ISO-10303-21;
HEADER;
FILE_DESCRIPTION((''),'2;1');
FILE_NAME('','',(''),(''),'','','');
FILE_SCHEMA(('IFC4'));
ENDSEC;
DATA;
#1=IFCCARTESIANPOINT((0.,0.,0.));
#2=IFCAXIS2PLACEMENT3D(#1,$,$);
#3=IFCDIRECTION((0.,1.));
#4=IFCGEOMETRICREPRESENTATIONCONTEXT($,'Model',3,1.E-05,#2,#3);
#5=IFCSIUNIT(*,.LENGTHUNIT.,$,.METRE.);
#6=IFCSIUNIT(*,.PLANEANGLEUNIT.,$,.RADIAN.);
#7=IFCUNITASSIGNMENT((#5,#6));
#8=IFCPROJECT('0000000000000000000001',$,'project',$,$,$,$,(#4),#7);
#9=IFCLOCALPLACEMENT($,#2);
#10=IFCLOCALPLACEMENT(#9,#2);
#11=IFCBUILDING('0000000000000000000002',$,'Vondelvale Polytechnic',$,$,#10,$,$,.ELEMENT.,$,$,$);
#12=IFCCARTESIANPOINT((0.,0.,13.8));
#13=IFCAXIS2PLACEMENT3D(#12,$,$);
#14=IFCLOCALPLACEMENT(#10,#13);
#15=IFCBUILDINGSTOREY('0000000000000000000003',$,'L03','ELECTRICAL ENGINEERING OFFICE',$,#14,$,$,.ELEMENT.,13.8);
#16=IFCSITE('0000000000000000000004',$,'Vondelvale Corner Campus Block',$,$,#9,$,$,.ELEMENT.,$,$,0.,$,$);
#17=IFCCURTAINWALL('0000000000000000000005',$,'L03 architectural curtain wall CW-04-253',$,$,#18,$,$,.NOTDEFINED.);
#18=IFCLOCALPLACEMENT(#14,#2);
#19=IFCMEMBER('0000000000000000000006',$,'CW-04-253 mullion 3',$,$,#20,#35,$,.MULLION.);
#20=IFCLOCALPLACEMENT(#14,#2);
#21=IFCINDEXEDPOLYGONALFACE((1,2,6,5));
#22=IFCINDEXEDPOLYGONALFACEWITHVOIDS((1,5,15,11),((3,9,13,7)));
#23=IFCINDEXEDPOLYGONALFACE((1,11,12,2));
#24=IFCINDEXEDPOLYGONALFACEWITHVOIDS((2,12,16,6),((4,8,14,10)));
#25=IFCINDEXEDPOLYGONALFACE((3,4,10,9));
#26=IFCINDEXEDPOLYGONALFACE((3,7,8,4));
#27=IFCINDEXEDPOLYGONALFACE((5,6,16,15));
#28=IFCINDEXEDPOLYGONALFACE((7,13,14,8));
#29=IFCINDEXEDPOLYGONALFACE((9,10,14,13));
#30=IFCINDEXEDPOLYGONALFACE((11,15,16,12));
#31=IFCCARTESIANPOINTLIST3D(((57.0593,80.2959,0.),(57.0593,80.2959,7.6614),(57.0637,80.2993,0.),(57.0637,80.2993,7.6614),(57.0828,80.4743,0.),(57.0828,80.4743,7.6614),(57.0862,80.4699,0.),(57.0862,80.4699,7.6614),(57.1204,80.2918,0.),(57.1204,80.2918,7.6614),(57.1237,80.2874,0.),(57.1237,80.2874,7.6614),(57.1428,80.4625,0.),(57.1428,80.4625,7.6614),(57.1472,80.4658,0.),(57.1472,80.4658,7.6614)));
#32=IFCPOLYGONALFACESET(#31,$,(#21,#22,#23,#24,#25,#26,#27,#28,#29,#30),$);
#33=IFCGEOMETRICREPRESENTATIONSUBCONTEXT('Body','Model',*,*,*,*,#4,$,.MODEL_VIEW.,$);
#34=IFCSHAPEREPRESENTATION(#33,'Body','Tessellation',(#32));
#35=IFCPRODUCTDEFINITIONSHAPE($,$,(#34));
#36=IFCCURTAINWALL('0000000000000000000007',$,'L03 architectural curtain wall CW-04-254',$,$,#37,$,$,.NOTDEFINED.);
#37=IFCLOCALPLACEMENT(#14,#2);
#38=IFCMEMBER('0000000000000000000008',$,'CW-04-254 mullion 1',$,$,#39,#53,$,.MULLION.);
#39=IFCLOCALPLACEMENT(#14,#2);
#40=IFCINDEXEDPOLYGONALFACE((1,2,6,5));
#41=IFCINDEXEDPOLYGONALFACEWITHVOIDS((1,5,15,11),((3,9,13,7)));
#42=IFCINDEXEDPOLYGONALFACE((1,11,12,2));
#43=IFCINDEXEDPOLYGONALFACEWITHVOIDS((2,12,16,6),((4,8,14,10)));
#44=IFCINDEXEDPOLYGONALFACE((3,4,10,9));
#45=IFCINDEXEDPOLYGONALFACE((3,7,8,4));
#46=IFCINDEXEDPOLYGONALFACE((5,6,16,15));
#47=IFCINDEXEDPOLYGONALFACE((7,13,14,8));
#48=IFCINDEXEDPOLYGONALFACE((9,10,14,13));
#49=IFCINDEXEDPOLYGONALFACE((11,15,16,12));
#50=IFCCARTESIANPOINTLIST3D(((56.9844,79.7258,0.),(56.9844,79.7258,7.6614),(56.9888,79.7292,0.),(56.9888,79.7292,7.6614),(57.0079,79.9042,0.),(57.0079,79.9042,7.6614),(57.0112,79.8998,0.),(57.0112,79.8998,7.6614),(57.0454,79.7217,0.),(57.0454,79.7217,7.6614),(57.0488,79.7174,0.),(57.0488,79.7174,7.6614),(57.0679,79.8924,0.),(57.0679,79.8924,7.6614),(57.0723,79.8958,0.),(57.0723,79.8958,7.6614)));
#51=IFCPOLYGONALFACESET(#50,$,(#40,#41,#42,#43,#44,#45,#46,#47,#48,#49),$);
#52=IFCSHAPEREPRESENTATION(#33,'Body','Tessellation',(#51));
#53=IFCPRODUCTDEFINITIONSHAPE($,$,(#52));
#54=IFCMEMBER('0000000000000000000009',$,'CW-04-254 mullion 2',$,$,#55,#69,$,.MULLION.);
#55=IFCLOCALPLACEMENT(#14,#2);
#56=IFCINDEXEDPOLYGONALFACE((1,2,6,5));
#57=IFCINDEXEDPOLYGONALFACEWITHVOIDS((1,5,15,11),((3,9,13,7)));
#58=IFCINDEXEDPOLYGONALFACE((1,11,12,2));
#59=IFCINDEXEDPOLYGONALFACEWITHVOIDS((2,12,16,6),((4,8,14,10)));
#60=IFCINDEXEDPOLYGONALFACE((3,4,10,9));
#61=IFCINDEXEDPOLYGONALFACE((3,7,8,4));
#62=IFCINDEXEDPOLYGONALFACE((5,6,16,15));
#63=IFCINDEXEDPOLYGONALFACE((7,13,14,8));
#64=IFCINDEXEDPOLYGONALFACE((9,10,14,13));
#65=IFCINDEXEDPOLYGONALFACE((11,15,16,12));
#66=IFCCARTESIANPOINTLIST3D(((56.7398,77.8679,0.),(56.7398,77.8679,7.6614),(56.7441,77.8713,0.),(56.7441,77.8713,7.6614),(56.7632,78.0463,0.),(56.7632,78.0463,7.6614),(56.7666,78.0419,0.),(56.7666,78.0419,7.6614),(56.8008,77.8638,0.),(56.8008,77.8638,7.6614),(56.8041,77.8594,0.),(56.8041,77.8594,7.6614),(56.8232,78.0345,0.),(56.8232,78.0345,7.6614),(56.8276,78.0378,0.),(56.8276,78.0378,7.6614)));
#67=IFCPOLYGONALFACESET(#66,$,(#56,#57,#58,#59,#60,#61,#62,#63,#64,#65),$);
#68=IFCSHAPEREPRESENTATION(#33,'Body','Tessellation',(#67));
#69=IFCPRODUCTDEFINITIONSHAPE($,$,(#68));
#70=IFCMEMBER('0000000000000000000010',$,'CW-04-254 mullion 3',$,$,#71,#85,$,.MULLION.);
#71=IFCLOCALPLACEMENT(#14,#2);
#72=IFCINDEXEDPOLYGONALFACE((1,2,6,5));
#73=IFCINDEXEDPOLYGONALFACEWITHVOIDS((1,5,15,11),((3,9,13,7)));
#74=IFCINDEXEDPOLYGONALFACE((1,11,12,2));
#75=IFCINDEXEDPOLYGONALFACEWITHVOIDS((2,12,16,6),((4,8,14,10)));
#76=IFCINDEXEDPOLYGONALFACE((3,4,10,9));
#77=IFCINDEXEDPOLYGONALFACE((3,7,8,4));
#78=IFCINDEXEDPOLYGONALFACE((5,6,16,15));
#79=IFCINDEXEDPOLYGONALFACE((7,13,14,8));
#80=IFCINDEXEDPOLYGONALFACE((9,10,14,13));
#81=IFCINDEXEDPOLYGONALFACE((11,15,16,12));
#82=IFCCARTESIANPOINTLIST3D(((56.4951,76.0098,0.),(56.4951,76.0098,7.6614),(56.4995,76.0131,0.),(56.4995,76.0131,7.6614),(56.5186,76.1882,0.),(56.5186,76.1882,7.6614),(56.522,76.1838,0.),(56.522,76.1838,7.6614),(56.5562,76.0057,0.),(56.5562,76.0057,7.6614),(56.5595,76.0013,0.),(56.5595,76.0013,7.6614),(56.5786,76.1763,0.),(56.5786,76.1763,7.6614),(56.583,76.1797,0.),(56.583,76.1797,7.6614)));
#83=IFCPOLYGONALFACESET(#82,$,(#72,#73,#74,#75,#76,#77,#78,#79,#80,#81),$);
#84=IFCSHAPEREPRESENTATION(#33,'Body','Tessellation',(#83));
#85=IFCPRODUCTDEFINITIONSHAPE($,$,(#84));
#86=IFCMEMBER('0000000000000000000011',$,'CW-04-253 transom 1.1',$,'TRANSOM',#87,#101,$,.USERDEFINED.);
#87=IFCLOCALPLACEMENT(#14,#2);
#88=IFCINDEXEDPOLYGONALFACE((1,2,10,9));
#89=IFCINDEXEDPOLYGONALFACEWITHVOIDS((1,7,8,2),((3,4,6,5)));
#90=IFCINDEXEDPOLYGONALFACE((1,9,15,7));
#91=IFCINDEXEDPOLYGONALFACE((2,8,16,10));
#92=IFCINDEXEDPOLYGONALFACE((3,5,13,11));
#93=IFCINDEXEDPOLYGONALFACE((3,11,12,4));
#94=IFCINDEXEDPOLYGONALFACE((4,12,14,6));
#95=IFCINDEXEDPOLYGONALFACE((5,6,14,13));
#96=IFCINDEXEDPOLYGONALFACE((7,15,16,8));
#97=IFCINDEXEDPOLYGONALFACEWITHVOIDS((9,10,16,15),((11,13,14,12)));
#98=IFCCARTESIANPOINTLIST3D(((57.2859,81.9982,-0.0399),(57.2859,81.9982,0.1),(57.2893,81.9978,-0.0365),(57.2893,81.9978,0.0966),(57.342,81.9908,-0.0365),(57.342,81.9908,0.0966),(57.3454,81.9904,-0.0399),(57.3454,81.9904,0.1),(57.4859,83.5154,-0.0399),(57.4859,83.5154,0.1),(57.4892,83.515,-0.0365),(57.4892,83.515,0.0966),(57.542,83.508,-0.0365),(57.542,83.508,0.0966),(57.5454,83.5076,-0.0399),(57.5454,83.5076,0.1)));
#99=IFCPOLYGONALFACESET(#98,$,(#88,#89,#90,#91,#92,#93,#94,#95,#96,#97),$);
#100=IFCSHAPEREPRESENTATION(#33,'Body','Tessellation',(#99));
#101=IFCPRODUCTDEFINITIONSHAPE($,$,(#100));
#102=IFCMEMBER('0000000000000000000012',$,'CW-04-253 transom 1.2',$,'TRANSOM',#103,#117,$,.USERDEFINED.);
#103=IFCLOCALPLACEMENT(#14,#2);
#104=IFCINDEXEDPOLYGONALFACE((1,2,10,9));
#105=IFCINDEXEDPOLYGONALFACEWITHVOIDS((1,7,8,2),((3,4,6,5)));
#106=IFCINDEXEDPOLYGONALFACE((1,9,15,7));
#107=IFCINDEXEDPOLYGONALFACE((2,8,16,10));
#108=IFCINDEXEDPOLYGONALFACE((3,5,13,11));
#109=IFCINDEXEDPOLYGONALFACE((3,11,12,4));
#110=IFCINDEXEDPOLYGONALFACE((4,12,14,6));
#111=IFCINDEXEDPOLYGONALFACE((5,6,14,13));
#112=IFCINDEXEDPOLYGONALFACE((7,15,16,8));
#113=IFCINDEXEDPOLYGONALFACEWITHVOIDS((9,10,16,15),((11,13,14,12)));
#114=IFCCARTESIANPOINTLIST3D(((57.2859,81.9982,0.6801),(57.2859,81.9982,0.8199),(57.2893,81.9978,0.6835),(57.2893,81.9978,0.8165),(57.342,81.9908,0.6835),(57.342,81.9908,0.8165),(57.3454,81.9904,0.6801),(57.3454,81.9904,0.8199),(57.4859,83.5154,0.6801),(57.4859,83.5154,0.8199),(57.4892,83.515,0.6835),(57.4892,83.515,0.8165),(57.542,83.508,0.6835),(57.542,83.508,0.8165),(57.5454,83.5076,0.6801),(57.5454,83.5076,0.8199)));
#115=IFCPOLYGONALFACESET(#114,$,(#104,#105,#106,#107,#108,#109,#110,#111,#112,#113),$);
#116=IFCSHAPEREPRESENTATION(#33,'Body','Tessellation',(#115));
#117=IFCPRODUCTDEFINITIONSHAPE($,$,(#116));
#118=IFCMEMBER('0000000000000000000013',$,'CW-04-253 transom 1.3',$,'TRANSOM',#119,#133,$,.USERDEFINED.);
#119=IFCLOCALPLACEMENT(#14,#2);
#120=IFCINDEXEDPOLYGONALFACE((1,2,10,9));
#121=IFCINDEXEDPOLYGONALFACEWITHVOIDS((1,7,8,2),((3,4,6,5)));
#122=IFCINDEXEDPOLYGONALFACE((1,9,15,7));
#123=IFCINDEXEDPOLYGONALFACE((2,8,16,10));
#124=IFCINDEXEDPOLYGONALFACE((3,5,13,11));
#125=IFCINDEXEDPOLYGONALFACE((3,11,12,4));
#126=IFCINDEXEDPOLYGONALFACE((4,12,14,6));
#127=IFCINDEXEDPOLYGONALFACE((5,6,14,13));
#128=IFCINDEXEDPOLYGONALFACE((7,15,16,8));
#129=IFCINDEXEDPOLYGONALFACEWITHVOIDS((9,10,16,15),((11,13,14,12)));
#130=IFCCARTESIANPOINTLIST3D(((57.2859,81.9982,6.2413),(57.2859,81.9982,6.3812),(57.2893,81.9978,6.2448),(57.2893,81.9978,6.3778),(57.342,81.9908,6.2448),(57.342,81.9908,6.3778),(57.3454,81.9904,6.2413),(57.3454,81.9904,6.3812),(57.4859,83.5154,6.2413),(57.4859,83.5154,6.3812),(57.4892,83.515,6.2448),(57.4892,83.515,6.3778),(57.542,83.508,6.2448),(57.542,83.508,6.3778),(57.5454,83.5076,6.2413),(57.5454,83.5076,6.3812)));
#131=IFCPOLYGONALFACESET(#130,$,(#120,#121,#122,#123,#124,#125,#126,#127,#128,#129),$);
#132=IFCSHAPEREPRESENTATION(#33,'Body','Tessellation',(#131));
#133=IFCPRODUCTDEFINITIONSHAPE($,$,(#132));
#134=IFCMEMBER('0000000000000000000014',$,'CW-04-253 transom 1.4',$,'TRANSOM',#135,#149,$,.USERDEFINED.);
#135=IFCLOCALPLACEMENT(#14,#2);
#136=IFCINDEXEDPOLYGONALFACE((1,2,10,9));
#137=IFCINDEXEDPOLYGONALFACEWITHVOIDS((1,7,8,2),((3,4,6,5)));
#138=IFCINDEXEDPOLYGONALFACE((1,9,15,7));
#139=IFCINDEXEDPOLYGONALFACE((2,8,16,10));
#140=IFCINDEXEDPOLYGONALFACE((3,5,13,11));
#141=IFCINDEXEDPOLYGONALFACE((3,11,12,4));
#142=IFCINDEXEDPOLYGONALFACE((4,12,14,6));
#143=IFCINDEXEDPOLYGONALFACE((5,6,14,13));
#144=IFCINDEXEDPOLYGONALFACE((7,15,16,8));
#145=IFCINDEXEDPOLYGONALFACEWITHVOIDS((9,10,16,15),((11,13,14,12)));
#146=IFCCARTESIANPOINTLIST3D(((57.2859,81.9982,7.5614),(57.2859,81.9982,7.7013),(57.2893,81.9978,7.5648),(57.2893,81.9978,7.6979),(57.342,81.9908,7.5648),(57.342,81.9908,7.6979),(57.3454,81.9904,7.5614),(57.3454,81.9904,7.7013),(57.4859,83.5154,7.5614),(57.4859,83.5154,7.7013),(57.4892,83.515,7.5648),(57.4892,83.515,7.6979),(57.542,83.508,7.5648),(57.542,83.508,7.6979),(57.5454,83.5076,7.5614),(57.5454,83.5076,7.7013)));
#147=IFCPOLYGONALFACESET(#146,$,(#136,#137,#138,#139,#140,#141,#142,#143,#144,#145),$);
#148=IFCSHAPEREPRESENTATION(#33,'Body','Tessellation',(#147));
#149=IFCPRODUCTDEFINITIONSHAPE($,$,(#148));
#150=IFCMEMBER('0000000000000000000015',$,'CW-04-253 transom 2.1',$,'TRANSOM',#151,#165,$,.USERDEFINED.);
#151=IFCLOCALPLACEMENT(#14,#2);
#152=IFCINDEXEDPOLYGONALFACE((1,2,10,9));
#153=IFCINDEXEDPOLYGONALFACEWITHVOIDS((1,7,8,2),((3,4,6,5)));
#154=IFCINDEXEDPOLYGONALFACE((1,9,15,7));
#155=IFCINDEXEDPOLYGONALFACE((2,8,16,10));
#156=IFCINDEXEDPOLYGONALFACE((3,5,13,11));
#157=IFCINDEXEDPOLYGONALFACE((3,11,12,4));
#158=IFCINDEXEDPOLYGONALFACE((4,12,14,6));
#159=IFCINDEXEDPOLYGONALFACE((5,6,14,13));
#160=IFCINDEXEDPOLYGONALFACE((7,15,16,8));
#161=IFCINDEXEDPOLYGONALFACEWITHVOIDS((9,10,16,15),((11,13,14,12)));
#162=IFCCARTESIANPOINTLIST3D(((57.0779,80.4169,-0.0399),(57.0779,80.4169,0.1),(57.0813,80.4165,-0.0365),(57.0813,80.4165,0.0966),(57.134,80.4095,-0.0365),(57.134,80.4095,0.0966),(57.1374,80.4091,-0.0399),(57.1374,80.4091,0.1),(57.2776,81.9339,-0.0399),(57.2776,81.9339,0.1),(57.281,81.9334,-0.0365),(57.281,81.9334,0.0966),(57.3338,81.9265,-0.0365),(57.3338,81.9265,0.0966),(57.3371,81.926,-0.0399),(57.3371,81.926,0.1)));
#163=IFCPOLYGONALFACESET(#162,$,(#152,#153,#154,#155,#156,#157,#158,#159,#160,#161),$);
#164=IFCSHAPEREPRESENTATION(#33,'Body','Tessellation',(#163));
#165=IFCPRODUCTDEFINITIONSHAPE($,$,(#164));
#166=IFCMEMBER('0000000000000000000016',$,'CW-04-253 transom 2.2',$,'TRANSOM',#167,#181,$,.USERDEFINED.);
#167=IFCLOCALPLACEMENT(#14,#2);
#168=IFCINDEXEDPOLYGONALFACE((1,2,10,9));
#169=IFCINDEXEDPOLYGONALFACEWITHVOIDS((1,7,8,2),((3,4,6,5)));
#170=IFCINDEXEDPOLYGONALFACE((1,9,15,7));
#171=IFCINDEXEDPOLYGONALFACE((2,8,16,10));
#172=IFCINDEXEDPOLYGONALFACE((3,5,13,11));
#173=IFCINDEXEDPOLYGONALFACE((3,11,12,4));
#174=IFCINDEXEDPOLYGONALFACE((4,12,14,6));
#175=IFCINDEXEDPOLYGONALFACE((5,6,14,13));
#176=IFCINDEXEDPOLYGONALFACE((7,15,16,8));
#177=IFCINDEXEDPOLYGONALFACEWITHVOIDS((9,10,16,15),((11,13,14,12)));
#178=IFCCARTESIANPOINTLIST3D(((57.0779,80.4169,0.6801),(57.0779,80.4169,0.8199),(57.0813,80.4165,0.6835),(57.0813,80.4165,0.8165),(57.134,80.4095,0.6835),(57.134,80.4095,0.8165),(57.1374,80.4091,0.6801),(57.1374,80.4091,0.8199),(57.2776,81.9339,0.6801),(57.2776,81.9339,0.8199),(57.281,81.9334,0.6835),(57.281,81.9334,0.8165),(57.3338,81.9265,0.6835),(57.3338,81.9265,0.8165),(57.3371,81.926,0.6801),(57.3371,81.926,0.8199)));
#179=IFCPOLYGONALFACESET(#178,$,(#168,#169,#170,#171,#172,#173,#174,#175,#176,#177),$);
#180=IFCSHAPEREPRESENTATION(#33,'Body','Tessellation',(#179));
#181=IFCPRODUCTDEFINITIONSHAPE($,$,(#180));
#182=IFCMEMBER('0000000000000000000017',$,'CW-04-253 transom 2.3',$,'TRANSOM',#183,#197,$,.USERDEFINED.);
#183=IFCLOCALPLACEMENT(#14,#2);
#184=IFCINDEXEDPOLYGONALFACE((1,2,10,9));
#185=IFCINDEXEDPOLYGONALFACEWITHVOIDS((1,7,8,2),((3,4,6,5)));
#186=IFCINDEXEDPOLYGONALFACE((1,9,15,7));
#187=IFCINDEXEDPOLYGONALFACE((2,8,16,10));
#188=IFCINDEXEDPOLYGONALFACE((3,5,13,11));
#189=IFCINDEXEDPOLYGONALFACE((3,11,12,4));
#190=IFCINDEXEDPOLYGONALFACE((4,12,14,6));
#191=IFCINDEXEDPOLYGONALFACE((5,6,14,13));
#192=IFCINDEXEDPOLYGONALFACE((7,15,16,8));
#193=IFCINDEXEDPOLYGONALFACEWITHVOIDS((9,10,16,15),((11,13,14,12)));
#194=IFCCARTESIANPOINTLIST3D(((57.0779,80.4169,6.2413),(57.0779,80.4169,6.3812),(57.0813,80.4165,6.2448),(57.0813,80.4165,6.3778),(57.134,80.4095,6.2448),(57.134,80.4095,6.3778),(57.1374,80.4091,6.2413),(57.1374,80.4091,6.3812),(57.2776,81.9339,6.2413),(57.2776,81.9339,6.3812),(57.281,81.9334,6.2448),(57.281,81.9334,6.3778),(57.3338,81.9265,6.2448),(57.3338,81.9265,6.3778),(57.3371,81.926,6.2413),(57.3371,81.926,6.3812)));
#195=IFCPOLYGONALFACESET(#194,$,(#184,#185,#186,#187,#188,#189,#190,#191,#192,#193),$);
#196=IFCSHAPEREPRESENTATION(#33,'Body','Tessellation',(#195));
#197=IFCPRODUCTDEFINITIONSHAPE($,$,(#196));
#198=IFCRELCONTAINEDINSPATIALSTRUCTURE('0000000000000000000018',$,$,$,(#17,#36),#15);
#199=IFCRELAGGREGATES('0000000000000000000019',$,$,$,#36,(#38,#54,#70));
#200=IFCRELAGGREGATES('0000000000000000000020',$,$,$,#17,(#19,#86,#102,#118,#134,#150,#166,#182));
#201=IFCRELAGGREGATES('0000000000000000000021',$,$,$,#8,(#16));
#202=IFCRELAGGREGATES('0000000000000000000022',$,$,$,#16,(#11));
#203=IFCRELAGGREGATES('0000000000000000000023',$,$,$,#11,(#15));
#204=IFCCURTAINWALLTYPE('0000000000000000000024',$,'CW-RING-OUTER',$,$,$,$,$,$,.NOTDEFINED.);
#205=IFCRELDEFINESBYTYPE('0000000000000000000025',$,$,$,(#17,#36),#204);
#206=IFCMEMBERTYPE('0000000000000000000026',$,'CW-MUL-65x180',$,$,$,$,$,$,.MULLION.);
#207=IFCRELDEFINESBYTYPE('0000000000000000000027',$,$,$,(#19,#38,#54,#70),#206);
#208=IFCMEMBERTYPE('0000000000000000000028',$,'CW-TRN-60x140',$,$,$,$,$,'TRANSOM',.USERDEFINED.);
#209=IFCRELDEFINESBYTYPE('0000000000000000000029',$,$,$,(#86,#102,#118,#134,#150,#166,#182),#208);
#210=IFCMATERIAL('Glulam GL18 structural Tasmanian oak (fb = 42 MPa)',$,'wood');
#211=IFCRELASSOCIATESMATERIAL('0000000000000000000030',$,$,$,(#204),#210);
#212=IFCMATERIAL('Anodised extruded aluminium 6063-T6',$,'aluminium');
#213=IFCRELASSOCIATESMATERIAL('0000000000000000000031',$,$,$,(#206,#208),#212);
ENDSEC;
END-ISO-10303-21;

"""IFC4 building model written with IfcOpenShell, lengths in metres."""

from ifc_helpers import new_model, si_unit, direction, frame, origin, origin_2d, place, context, subcontext, project, spatial, hollow_rectangle, extrude, material, material_profile, profile_set, type_object, element, aggregate, save


model = new_model("IFC4")

# Units and contexts
model_context = context("Model", 3, precision=1e-05, world=origin(), true_north=direction((0.0, 1.0)))
body_context = subcontext(model_context, "Body", "Model", "MODEL_VIEW")
ifc_project = project(units=[si_unit("LENGTHUNIT", "METRE"), si_unit("PLANEANGLEUNIT", "RADIAN")], contexts=[model_context])

# Site, building, storey
site_placement = place(None, origin())
site = spatial("IfcSite", under=ifc_project, at=site_placement, Name="Vondelvale Corner Campus Block", CompositionType="ELEMENT", RefElevation=0.0)
building_placement = place(site_placement, origin())
building = spatial("IfcBuilding", under=site, at=building_placement, Name="Vondelvale Polytechnic", CompositionType="ELEMENT")
storey_placement = place(building_placement, frame((0.0, 0.0, 13.8)))
storey = spatial("IfcBuildingStorey", under=building, at=storey_placement, Name="L03", Description="ELECTRICAL ENGINEERING OFFICE", CompositionType="ELEMENT", Elevation=13.8)

# Shared definitions
ifc_material_1 = material(Name="Glulam GL18 structural Tasmanian oak (fb = 42 MPa)", Category="wood")

# Shared definitions
curtain_wall_type = type_object("IfcCurtainWallType", Name="CW-RING-OUTER", PredefinedType="NOTDEFINED", material=ifc_material_1)
ifc_material_2 = material(Name="Anodised extruded aluminium 6063-T6", Category="aluminium")
ifc_material_profile_1 = material_profile(ifc_material_2, hollow_rectangle(XDim=0.0649, YDim=0.1799, WallThickness=0.0039, at=origin_2d()), Name="CW-MUL-180x65")
ifc_profile_set_1 = profile_set([ifc_material_profile_1], Name="Anodised extruded aluminium 6063-T6")
member_type_1 = type_object("IfcMemberType", Name="CW-MUL-65x180", PredefinedType="MULLION", material=ifc_profile_set_1)

# Curtain walls, members
curtain_wall_1_placement = place(storey_placement, origin())
curtain_wall_1 = element("IfcCurtainWall", 1, at=curtain_wall_1_placement, inside=storey, type_object=curtain_wall_type, Name="L03 architectural curtain wall CW-04-253", PredefinedType="NOTDEFINED")
member_1_placement = place(storey_placement, frame((57.1033, 80.3809, 0.0), z_axis=(0.0, 0.0, 1.0), x_axis=(0.991443, -0.13054, 0.0)))
member_1 = element("IfcMember", 2, at=member_1_placement, type_object=member_type_1, Name="CW-04-253 mullion 3", PredefinedType="MULLION", context=body_context, shape_type="SweptSolid", body=[
    extrude(hollow_rectangle(XDim=0.0649, YDim=0.1799, WallThickness=0.0039, at=origin_2d()), origin(), (0.0, 0.0, 1.0), 7.6614),
])
curtain_wall_2_placement = place(storey_placement, origin())
curtain_wall_2 = element("IfcCurtainWall", 3, at=curtain_wall_2_placement, inside=storey, type_object=curtain_wall_type, Name="L03 architectural curtain wall CW-04-254", PredefinedType="NOTDEFINED")
member_2_placement = place(storey_placement, frame((57.0283, 79.8108, 0.0), z_axis=(0.0, 0.0, 1.0), x_axis=(0.991449, -0.130497, 0.0)))
member_2 = element("IfcMember", 4, at=member_2_placement, type_object=member_type_1, Name="CW-04-254 mullion 1", PredefinedType="MULLION", context=body_context, shape_type="SweptSolid", body=[
    extrude(hollow_rectangle(XDim=0.0649, YDim=0.1799, WallThickness=0.0039, at=origin_2d()), origin(), (0.0, 0.0, 1.0), 7.6614),
])
member_3_placement = place(storey_placement, frame((56.7837, 77.9529, 0.0), z_axis=(0.0, 0.0, 1.0), x_axis=(0.991449, -0.130497, 0.0)))
member_3 = element("IfcMember", 5, at=member_3_placement, type_object=member_type_1, Name="CW-04-254 mullion 2", PredefinedType="MULLION", context=body_context, shape_type="SweptSolid", body=[
    extrude(hollow_rectangle(XDim=0.0649, YDim=0.1799, WallThickness=0.0039, at=origin_2d()), origin(), (0.0, 0.0, 1.0), 7.6614),
])
member_4_placement = place(storey_placement, frame((56.5391, 76.0947, 0.0), z_axis=(0.0, 0.0, 1.0), x_axis=(0.991449, -0.130497, 0.0)))
member_4 = element("IfcMember", 6, at=member_4_placement, type_object=member_type_1, Name="CW-04-254 mullion 3", PredefinedType="MULLION", context=body_context, shape_type="SweptSolid", body=[
    extrude(hollow_rectangle(XDim=0.0649, YDim=0.1799, WallThickness=0.0039, at=origin_2d()), origin(), (0.0, 0.0, 1.0), 7.6614),
])

# Members
ifc_material_profile_2 = material_profile(ifc_material_2, hollow_rectangle(XDim=0.0601, YDim=0.1399, WallThickness=0.0034, at=origin_2d()), Name="CW-TRN-140x60")
ifc_profile_set_2 = profile_set([ifc_material_profile_2], Name="Anodised extruded aluminium 6063-T6")
member_type_2 = type_object("IfcMemberType", Name="CW-TRN-60x140", ElementType="TRANSOM", PredefinedType="USERDEFINED", material=ifc_profile_set_2)
member_5_placement = place(storey_placement, frame((57.5156, 83.5115, 0.03), z_axis=(-0.130669, -0.991426, 0.0), x_axis=(0.991426, -0.130669, 0.0)))
member_5 = element("IfcMember", 7, at=member_5_placement, type_object=member_type_2, Name="CW-04-253 transom 1.1", ObjectType="TRANSOM", PredefinedType="USERDEFINED", context=body_context, shape_type="SweptSolid", body=[
    extrude(hollow_rectangle(XDim=0.0601, YDim=0.1399, WallThickness=0.0034, at=origin_2d()), origin(), (0.0, 0.0, 1.0), 1.5303),
])
member_6_placement = place(storey_placement, frame((57.5156, 83.5115, 0.75), z_axis=(-0.130669, -0.991426, 0.0), x_axis=(0.991426, -0.130669, 0.0)))
member_6 = element("IfcMember", 8, at=member_6_placement, type_object=member_type_2, Name="CW-04-253 transom 1.2", ObjectType="TRANSOM", PredefinedType="USERDEFINED", context=body_context, shape_type="SweptSolid", body=[
    extrude(hollow_rectangle(XDim=0.0601, YDim=0.1399, WallThickness=0.0034, at=origin_2d()), origin(), (0.0, 0.0, 1.0), 1.5303),
])
member_7_placement = place(storey_placement, frame((57.5156, 83.5115, 6.3113), z_axis=(-0.130669, -0.991426, 0.0), x_axis=(0.991426, -0.130669, 0.0)))
member_7 = element("IfcMember", 9, at=member_7_placement, type_object=member_type_2, Name="CW-04-253 transom 1.3", ObjectType="TRANSOM", PredefinedType="USERDEFINED", context=body_context, shape_type="SweptSolid", body=[
    extrude(hollow_rectangle(XDim=0.0601, YDim=0.1399, WallThickness=0.0034, at=origin_2d()), origin(), (0.0, 0.0, 1.0), 1.5303),
])
member_8_placement = place(storey_placement, frame((57.5156, 83.5115, 7.6313), z_axis=(-0.130669, -0.991426, 0.0), x_axis=(0.991426, -0.130669, 0.0)))
member_8 = element("IfcMember", 10, at=member_8_placement, type_object=member_type_2, Name="CW-04-253 transom 1.4", ObjectType="TRANSOM", PredefinedType="USERDEFINED", context=body_context, shape_type="SweptSolid", body=[
    extrude(hollow_rectangle(XDim=0.0601, YDim=0.1399, WallThickness=0.0034, at=origin_2d()), origin(), (0.0, 0.0, 1.0), 1.5303),
])
member_9_placement = place(storey_placement, frame((57.3074, 81.9299, 0.03), z_axis=(-0.130533, -0.991444, 0.0), x_axis=(0.991444, -0.130533, 0.0)))
member_9 = element("IfcMember", 11, at=member_9_placement, type_object=member_type_2, Name="CW-04-253 transom 2.1", ObjectType="TRANSOM", PredefinedType="USERDEFINED", context=body_context, shape_type="SweptSolid", body=[
    extrude(hollow_rectangle(XDim=0.0601, YDim=0.1399, WallThickness=0.0034, at=origin_2d()), origin(), (0.0, 0.0, 1.0), 1.53),
])
member_10_placement = place(storey_placement, frame((57.3074, 81.9299, 0.75), z_axis=(-0.130533, -0.991444, 0.0), x_axis=(0.991444, -0.130533, 0.0)))
member_10 = element("IfcMember", 12, at=member_10_placement, type_object=member_type_2, Name="CW-04-253 transom 2.2", ObjectType="TRANSOM", PredefinedType="USERDEFINED", context=body_context, shape_type="SweptSolid", body=[
    extrude(hollow_rectangle(XDim=0.0601, YDim=0.1399, WallThickness=0.0034, at=origin_2d()), origin(), (0.0, 0.0, 1.0), 1.53),
])
member_11_placement = place(storey_placement, frame((57.3074, 81.9299, 6.3113), z_axis=(-0.130533, -0.991444, 0.0), x_axis=(0.991444, -0.130533, 0.0)))
member_11 = element("IfcMember", 13, at=member_11_placement, type_object=member_type_2, Name="CW-04-253 transom 2.3", ObjectType="TRANSOM", PredefinedType="USERDEFINED", context=body_context, shape_type="SweptSolid", body=[
    extrude(hollow_rectangle(XDim=0.0601, YDim=0.1399, WallThickness=0.0034, at=origin_2d()), origin(), (0.0, 0.0, 1.0), 1.53),
])

aggregate(curtain_wall_2, [member_2, member_3, member_4])
aggregate(curtain_wall_1, [member_1, member_5, member_6, member_7, member_8, member_9, member_10, member_11])

save(model, "model.ifc")
